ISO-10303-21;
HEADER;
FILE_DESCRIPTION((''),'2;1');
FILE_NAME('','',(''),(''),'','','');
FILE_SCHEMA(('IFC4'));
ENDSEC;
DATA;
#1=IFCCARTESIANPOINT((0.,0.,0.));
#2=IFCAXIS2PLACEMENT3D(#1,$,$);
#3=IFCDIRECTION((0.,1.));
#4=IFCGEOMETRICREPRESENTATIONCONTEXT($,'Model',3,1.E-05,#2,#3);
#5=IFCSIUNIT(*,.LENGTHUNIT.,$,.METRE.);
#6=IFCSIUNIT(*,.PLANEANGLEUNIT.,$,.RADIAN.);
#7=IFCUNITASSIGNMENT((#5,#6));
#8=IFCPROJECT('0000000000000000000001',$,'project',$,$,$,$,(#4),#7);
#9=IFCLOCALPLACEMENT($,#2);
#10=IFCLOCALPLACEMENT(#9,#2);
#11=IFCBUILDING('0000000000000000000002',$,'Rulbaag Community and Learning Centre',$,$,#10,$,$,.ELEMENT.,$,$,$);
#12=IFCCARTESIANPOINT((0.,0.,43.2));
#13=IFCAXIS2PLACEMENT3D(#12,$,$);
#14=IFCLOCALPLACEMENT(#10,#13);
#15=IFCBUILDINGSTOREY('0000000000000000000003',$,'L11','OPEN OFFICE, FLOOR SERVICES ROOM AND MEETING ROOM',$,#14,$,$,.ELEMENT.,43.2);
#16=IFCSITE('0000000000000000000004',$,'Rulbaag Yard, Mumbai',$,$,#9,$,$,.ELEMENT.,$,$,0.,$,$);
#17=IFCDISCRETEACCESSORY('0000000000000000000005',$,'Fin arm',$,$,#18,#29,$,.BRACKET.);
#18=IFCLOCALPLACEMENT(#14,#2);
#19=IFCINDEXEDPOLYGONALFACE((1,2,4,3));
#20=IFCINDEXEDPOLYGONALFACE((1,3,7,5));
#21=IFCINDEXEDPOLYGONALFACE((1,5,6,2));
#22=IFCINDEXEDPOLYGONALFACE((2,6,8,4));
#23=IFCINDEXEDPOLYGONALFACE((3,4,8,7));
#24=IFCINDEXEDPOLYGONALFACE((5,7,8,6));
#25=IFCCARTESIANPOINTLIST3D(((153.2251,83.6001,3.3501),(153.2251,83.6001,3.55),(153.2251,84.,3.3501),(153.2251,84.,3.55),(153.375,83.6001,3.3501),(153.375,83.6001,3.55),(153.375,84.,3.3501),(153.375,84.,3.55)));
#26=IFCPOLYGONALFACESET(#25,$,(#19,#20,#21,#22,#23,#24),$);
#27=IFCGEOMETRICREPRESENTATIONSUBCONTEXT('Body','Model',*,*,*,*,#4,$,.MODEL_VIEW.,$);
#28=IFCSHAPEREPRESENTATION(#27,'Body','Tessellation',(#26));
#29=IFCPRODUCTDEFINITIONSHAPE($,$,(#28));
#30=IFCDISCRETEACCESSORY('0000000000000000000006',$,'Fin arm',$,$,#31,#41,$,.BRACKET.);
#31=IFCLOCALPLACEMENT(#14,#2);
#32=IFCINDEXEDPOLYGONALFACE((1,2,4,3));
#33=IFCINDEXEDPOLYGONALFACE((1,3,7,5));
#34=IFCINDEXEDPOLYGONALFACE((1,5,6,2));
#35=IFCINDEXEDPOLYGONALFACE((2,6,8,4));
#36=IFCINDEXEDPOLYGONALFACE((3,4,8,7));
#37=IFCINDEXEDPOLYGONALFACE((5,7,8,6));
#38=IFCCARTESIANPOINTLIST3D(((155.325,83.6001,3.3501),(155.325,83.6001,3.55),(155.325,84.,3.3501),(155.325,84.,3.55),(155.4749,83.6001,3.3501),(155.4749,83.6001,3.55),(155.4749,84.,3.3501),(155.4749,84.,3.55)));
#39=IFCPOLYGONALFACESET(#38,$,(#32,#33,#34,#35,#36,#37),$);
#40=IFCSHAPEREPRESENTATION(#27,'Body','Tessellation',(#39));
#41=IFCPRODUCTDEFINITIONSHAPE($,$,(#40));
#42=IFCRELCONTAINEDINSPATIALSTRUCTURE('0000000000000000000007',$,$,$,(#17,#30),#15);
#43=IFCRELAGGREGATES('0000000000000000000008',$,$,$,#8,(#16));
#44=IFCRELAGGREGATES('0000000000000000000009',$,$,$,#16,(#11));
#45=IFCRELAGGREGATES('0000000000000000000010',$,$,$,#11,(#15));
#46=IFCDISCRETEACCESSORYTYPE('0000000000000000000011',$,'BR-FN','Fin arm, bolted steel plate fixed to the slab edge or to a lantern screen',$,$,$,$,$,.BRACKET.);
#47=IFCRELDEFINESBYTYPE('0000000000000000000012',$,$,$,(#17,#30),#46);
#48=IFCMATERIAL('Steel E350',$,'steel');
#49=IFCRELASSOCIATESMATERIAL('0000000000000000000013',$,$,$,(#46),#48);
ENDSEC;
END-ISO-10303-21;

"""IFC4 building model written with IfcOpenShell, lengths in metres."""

from ifc_helpers import new_model, si_unit, direction, frame, origin, origin_2d, place, context, subcontext, project, spatial, rectangle, extrude, material, type_object, element, save


model = new_model("IFC4")

# Units and contexts
model_context = context("Model", 3, precision=1e-05, world=origin(), true_north=direction((0.0, 1.0)))
body_context = subcontext(model_context, "Body", "Model", "MODEL_VIEW")
ifc_project = project(units=[si_unit("LENGTHUNIT", "METRE"), si_unit("PLANEANGLEUNIT", "RADIAN")], contexts=[model_context])

# Site, building, storey
site_placement = place(None, origin())
site = spatial("IfcSite", under=ifc_project, at=site_placement, Name="Rulbaag Yard, Mumbai", CompositionType="ELEMENT", RefElevation=0.0)
building_placement = place(site_placement, origin())
building = spatial("IfcBuilding", under=site, at=building_placement, Name="Rulbaag Community and Learning Centre", CompositionType="ELEMENT")
storey_placement = place(building_placement, frame((0.0, 0.0, 43.2)))
storey = spatial("IfcBuildingStorey", under=building, at=storey_placement, Name="L11", Description="OPEN OFFICE, FLOOR SERVICES ROOM AND MEETING ROOM", CompositionType="ELEMENT", Elevation=43.2)

# Discrete accessories
ifc_material_1 = material(Name="Steel E350", Category="steel")
discrete_accessory_type = type_object("IfcDiscreteAccessoryType", Name="BR-FN", Description="Fin arm, bolted steel plate fixed to the slab edge or to a lantern screen", PredefinedType="BRACKET", material=ifc_material_1)
for number, where, z_axis, x_axis, name in (
    (1, (153.3, 83.8, 3.3501), (0.0, 0.0, 1.0), (1.0, 0.0, 0.0), "Fin arm"),
    (2, (155.3999, 83.8, 3.3501), (0.0, 0.0, 1.0), (1.0, 0.0, 0.0), "Fin arm"),
):
    element("IfcDiscreteAccessory", number, at=place(storey_placement, frame(where, z_axis=z_axis, x_axis=x_axis)), inside=storey, type_object=discrete_accessory_type, Name=name, PredefinedType="BRACKET", context=body_context, shape_type="SweptSolid", body=[
        extrude(rectangle(XDim=0.1499, YDim=0.3999, at=origin_2d()), origin(), (0.0, 0.0, 1.0), 0.2),
    ])

save(model, "model.ifc")
